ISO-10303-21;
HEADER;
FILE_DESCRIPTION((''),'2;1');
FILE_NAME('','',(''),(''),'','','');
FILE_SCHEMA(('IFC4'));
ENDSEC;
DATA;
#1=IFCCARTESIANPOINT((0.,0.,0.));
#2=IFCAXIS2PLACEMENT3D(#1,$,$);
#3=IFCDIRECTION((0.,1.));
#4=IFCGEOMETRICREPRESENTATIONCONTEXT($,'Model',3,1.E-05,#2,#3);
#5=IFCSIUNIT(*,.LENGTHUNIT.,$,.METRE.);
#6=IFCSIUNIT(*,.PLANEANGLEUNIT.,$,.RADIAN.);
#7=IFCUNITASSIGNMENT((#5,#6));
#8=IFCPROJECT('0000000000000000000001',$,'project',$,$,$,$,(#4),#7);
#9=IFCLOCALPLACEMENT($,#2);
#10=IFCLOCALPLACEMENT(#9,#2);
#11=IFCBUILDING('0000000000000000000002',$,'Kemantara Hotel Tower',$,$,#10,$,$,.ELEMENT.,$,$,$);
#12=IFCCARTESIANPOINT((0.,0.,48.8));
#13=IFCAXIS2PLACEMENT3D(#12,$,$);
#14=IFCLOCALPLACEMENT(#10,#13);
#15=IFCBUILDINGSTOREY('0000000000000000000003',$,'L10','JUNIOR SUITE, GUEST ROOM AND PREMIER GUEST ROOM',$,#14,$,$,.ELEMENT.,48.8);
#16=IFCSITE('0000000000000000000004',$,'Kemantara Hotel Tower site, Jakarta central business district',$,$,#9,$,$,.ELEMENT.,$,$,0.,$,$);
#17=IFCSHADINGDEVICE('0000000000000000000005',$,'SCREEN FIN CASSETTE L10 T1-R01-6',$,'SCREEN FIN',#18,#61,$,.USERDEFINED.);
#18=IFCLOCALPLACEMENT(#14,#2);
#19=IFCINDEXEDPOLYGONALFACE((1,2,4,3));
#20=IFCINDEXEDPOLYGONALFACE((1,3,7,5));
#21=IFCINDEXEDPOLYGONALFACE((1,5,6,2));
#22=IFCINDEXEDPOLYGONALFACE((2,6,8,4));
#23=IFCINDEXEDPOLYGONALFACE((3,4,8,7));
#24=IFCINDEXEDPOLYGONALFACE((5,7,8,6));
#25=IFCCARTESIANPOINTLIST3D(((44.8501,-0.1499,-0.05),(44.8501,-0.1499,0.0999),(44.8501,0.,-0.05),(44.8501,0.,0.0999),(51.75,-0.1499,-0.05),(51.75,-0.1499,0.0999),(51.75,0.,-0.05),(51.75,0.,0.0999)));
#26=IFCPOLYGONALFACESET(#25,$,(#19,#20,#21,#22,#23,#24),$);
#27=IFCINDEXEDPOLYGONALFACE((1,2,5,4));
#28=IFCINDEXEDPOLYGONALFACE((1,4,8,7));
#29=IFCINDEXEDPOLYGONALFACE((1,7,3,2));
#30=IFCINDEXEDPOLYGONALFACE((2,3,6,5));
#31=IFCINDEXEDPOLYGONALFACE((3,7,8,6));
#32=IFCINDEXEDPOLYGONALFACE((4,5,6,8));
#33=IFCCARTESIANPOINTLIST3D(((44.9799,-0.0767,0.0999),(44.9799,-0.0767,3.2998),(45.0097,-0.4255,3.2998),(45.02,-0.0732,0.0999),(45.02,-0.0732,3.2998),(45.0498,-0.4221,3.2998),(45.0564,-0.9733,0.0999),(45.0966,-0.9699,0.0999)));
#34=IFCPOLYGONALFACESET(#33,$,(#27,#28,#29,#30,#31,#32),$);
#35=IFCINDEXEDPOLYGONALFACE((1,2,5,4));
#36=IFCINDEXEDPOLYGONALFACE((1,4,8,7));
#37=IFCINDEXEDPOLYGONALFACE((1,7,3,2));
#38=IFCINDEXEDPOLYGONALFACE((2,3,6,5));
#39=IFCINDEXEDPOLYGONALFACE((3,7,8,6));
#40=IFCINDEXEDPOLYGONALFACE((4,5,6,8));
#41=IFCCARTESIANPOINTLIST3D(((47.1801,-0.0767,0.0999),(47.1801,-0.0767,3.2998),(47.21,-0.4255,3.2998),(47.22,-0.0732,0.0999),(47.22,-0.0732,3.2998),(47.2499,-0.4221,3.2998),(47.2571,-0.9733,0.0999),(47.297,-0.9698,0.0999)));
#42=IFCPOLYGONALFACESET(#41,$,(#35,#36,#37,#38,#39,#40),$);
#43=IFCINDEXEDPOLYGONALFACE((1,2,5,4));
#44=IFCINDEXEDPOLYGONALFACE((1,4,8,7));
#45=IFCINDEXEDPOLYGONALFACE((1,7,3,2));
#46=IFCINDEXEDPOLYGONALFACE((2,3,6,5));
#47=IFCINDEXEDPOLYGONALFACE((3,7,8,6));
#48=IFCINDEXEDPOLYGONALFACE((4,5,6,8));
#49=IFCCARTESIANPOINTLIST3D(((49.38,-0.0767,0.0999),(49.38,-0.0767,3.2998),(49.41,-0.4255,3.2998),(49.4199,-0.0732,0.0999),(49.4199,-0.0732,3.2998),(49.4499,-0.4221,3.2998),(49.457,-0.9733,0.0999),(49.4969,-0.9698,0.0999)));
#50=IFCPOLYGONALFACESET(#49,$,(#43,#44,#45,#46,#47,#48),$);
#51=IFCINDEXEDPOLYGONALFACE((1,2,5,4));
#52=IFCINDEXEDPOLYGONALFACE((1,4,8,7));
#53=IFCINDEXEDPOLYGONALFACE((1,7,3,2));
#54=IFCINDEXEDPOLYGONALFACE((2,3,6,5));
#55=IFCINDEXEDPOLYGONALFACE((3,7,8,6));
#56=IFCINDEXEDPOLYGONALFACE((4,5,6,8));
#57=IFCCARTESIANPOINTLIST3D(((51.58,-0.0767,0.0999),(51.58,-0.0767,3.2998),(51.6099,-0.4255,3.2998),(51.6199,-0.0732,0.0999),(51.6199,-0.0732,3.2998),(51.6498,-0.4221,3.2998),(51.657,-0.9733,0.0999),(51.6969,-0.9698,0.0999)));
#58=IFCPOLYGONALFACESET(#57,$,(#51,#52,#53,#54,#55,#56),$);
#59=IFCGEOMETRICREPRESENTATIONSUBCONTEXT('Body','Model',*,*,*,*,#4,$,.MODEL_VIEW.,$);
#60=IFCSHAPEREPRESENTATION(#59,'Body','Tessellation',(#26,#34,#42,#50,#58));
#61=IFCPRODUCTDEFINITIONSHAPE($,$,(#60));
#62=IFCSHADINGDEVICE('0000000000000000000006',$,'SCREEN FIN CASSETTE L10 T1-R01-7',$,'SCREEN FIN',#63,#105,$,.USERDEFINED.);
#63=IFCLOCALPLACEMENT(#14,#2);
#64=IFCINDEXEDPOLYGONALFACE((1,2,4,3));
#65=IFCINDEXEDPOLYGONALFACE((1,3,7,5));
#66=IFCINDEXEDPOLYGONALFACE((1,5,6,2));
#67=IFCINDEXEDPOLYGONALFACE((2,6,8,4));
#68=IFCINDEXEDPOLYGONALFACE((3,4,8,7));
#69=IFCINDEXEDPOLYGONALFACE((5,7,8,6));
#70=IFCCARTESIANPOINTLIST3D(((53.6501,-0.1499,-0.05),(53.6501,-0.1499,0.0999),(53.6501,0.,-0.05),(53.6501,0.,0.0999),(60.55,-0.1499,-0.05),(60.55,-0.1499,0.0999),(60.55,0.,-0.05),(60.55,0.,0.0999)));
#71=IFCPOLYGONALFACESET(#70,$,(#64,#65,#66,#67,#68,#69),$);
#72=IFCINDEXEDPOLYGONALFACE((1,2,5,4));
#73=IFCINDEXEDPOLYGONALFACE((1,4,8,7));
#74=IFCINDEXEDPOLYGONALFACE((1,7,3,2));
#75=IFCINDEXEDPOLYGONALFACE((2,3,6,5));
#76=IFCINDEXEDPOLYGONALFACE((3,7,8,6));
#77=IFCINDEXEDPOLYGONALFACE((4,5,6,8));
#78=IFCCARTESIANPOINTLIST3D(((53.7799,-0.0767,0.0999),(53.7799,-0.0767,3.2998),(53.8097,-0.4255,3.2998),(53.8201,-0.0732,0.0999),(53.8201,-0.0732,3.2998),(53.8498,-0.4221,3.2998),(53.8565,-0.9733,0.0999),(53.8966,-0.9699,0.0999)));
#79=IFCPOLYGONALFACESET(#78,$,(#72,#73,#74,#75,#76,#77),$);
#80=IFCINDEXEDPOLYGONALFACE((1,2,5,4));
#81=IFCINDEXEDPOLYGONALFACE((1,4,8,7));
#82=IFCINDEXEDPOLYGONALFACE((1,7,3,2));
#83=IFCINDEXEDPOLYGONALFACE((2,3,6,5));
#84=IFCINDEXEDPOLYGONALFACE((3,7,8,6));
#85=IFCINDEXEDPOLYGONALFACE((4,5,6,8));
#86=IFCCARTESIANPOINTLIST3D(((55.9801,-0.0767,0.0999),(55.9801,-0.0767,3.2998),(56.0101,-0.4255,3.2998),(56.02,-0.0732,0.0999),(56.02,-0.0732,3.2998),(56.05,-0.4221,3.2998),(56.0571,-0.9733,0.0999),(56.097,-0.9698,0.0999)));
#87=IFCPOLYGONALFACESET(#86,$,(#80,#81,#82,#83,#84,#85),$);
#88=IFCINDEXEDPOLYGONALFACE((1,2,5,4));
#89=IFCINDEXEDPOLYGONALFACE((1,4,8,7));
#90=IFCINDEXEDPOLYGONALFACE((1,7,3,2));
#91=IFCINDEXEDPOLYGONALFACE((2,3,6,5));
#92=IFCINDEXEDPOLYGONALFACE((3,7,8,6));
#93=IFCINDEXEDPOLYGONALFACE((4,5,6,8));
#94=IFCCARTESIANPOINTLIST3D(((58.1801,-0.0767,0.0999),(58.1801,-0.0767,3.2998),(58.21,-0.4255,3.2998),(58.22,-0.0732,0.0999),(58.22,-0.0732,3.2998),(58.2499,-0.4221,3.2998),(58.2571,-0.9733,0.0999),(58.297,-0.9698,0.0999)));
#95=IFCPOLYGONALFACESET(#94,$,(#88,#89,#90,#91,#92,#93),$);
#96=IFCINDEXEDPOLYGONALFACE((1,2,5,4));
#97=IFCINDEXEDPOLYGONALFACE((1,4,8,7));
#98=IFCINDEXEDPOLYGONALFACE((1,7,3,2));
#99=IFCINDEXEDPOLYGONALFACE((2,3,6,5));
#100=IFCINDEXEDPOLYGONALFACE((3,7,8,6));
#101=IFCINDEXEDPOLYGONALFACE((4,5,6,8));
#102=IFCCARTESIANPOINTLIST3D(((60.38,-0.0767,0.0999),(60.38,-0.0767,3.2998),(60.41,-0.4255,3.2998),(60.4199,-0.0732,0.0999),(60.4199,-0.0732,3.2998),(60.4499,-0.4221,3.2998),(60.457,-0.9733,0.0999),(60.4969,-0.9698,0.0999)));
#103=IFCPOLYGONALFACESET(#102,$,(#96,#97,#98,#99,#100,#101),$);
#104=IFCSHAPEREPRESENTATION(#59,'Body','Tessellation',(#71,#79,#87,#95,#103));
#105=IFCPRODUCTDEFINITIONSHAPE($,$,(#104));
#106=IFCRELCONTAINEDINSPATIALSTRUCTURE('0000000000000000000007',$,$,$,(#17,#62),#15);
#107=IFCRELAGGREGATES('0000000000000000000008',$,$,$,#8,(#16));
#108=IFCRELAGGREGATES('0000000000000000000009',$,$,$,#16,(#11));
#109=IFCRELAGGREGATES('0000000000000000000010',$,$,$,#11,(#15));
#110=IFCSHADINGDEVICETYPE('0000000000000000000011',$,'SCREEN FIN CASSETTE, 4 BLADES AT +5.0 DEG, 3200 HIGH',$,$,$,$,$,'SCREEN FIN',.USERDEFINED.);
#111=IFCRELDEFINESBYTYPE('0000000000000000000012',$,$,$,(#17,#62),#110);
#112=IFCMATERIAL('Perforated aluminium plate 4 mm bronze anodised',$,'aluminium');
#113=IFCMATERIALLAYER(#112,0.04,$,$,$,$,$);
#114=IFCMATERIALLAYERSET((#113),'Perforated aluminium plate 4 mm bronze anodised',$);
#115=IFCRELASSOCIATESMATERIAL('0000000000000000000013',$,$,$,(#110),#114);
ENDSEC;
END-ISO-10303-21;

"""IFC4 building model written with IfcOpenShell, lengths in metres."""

from ifc_helpers import new_model, si_unit, direction, frame, origin, origin_2d, place, context, subcontext, project, spatial, polyline, rectangle, outline, extrude, source, transform, mapped, material, layer, layer_set, type_object, element, save


model = new_model("IFC4")

# Units and contexts
model_context = context("Model", 3, precision=1e-05, world=origin(), true_north=direction((0.0, 1.0)))
body_context = subcontext(model_context, "Body", "Model", "MODEL_VIEW")
ifc_project = project(units=[si_unit("LENGTHUNIT", "METRE"), si_unit("PLANEANGLEUNIT", "RADIAN")], contexts=[model_context])

# Site, building, storey
site_placement = place(None, origin())
site = spatial("IfcSite", under=ifc_project, at=site_placement, Name="Kemantara Hotel Tower site, Jakarta central business district", CompositionType="ELEMENT", RefElevation=0.0)
building_placement = place(site_placement, origin())
building = spatial("IfcBuilding", under=site, at=building_placement, Name="Kemantara Hotel Tower", CompositionType="ELEMENT")
storey_placement = place(building_placement, frame((0.0, 0.0, 48.8)))
storey = spatial("IfcBuildingStorey", under=building, at=storey_placement, Name="L10", Description="JUNIOR SUITE, GUEST ROOM AND PREMIER GUEST ROOM", CompositionType="ELEMENT", Elevation=48.8)

# Shading devices
ifc_material_1 = material(Name="Perforated aluminium plate 4 mm bronze anodised", Category="aluminium")
ifc_layer_1 = layer(ifc_material_1, 0.04)
ifc_layer_set_1 = layer_set([ifc_layer_1], Name="Perforated aluminium plate 4 mm bronze anodised")
shading_device_type = type_object("IfcShadingDeviceType", Name="SCREEN FIN CASSETTE, 4 BLADES AT +5.0 DEG, 3200 HIGH", ElementType="SCREEN FIN", PredefinedType="USERDEFINED", material=ifc_layer_set_1)
shared_shape = source(origin(), body_context, "Body", "SweptSolid", [
    extrude(rectangle(XDim=6.8999, YDim=0.1499, at=origin_2d()), frame((3.3, -0.075, -0.1499), z_axis=(0.0, 0.0, 1.0), x_axis=(1.0, 0.0, 0.0)), (0.0, 0.0, 1.0), 0.1499),
    extrude(outline(polyline([(0.0, 0.0), (0.8999, 0.0), (0.3501, 3.2), (0.0, 3.2), (0.0, 0.0)])), frame((0.02, -0.0732, 0.0), z_axis=(-0.996376, -0.085056, 0.0), x_axis=(0.085056, -0.996376, 0.0)), (0.0, 0.0, 1.0), 0.0403),
    extrude(outline(polyline([(0.0, 0.0), (0.8999, 0.0), (0.3501, 3.2), (0.0, 3.2), (0.0, 0.0)])), frame((2.22, -0.0732, 0.0), z_axis=(-0.996332, -0.085575, 0.0), x_axis=(0.085575, -0.996332, 0.0)), (0.0, 0.0, 1.0), 0.04),
    extrude(outline(polyline([(0.0, 0.0), (0.8999, 0.0), (0.3501, 3.2), (0.0, 3.2), (0.0, 0.0)])), frame((4.4199, -0.0732, 0.0), z_axis=(-0.996332, -0.085575, 0.0), x_axis=(0.085575, -0.996332, 0.0)), (0.0, 0.0, 1.0), 0.04),
    extrude(outline(polyline([(0.0, 0.0), (0.8999, 0.0), (0.3501, 3.2), (0.0, 3.2), (0.0, 0.0)])), frame((6.6199, -0.0732, 0.0), z_axis=(-0.996332, -0.085575, 0.0), x_axis=(0.085575, -0.996332, 0.0)), (0.0, 0.0, 1.0), 0.04),
])
for number, where, z_axis, x_axis, name in (
    (1, (45.0, 0.0, 0.0999), (0.0, 0.0, 1.0), (1.0, 0.0, 0.0), "SCREEN FIN CASSETTE L10 T1-R01-6"),
    (2, (53.8, 0.0, 0.0999), (0.0, 0.0, 1.0), (1.0, 0.0, 0.0), "SCREEN FIN CASSETTE L10 T1-R01-7"),
):
    element("IfcShadingDevice", number, at=place(storey_placement, frame(where, z_axis=z_axis, x_axis=x_axis)), inside=storey, type_object=shading_device_type, Name=name, ObjectType="SCREEN FIN", PredefinedType="USERDEFINED", context=body_context, shape_type="MappedRepresentation", body=[
        mapped(shared_shape, transform((0.0, 0.0, 0.0))),
    ])

save(model, "model.ifc")
